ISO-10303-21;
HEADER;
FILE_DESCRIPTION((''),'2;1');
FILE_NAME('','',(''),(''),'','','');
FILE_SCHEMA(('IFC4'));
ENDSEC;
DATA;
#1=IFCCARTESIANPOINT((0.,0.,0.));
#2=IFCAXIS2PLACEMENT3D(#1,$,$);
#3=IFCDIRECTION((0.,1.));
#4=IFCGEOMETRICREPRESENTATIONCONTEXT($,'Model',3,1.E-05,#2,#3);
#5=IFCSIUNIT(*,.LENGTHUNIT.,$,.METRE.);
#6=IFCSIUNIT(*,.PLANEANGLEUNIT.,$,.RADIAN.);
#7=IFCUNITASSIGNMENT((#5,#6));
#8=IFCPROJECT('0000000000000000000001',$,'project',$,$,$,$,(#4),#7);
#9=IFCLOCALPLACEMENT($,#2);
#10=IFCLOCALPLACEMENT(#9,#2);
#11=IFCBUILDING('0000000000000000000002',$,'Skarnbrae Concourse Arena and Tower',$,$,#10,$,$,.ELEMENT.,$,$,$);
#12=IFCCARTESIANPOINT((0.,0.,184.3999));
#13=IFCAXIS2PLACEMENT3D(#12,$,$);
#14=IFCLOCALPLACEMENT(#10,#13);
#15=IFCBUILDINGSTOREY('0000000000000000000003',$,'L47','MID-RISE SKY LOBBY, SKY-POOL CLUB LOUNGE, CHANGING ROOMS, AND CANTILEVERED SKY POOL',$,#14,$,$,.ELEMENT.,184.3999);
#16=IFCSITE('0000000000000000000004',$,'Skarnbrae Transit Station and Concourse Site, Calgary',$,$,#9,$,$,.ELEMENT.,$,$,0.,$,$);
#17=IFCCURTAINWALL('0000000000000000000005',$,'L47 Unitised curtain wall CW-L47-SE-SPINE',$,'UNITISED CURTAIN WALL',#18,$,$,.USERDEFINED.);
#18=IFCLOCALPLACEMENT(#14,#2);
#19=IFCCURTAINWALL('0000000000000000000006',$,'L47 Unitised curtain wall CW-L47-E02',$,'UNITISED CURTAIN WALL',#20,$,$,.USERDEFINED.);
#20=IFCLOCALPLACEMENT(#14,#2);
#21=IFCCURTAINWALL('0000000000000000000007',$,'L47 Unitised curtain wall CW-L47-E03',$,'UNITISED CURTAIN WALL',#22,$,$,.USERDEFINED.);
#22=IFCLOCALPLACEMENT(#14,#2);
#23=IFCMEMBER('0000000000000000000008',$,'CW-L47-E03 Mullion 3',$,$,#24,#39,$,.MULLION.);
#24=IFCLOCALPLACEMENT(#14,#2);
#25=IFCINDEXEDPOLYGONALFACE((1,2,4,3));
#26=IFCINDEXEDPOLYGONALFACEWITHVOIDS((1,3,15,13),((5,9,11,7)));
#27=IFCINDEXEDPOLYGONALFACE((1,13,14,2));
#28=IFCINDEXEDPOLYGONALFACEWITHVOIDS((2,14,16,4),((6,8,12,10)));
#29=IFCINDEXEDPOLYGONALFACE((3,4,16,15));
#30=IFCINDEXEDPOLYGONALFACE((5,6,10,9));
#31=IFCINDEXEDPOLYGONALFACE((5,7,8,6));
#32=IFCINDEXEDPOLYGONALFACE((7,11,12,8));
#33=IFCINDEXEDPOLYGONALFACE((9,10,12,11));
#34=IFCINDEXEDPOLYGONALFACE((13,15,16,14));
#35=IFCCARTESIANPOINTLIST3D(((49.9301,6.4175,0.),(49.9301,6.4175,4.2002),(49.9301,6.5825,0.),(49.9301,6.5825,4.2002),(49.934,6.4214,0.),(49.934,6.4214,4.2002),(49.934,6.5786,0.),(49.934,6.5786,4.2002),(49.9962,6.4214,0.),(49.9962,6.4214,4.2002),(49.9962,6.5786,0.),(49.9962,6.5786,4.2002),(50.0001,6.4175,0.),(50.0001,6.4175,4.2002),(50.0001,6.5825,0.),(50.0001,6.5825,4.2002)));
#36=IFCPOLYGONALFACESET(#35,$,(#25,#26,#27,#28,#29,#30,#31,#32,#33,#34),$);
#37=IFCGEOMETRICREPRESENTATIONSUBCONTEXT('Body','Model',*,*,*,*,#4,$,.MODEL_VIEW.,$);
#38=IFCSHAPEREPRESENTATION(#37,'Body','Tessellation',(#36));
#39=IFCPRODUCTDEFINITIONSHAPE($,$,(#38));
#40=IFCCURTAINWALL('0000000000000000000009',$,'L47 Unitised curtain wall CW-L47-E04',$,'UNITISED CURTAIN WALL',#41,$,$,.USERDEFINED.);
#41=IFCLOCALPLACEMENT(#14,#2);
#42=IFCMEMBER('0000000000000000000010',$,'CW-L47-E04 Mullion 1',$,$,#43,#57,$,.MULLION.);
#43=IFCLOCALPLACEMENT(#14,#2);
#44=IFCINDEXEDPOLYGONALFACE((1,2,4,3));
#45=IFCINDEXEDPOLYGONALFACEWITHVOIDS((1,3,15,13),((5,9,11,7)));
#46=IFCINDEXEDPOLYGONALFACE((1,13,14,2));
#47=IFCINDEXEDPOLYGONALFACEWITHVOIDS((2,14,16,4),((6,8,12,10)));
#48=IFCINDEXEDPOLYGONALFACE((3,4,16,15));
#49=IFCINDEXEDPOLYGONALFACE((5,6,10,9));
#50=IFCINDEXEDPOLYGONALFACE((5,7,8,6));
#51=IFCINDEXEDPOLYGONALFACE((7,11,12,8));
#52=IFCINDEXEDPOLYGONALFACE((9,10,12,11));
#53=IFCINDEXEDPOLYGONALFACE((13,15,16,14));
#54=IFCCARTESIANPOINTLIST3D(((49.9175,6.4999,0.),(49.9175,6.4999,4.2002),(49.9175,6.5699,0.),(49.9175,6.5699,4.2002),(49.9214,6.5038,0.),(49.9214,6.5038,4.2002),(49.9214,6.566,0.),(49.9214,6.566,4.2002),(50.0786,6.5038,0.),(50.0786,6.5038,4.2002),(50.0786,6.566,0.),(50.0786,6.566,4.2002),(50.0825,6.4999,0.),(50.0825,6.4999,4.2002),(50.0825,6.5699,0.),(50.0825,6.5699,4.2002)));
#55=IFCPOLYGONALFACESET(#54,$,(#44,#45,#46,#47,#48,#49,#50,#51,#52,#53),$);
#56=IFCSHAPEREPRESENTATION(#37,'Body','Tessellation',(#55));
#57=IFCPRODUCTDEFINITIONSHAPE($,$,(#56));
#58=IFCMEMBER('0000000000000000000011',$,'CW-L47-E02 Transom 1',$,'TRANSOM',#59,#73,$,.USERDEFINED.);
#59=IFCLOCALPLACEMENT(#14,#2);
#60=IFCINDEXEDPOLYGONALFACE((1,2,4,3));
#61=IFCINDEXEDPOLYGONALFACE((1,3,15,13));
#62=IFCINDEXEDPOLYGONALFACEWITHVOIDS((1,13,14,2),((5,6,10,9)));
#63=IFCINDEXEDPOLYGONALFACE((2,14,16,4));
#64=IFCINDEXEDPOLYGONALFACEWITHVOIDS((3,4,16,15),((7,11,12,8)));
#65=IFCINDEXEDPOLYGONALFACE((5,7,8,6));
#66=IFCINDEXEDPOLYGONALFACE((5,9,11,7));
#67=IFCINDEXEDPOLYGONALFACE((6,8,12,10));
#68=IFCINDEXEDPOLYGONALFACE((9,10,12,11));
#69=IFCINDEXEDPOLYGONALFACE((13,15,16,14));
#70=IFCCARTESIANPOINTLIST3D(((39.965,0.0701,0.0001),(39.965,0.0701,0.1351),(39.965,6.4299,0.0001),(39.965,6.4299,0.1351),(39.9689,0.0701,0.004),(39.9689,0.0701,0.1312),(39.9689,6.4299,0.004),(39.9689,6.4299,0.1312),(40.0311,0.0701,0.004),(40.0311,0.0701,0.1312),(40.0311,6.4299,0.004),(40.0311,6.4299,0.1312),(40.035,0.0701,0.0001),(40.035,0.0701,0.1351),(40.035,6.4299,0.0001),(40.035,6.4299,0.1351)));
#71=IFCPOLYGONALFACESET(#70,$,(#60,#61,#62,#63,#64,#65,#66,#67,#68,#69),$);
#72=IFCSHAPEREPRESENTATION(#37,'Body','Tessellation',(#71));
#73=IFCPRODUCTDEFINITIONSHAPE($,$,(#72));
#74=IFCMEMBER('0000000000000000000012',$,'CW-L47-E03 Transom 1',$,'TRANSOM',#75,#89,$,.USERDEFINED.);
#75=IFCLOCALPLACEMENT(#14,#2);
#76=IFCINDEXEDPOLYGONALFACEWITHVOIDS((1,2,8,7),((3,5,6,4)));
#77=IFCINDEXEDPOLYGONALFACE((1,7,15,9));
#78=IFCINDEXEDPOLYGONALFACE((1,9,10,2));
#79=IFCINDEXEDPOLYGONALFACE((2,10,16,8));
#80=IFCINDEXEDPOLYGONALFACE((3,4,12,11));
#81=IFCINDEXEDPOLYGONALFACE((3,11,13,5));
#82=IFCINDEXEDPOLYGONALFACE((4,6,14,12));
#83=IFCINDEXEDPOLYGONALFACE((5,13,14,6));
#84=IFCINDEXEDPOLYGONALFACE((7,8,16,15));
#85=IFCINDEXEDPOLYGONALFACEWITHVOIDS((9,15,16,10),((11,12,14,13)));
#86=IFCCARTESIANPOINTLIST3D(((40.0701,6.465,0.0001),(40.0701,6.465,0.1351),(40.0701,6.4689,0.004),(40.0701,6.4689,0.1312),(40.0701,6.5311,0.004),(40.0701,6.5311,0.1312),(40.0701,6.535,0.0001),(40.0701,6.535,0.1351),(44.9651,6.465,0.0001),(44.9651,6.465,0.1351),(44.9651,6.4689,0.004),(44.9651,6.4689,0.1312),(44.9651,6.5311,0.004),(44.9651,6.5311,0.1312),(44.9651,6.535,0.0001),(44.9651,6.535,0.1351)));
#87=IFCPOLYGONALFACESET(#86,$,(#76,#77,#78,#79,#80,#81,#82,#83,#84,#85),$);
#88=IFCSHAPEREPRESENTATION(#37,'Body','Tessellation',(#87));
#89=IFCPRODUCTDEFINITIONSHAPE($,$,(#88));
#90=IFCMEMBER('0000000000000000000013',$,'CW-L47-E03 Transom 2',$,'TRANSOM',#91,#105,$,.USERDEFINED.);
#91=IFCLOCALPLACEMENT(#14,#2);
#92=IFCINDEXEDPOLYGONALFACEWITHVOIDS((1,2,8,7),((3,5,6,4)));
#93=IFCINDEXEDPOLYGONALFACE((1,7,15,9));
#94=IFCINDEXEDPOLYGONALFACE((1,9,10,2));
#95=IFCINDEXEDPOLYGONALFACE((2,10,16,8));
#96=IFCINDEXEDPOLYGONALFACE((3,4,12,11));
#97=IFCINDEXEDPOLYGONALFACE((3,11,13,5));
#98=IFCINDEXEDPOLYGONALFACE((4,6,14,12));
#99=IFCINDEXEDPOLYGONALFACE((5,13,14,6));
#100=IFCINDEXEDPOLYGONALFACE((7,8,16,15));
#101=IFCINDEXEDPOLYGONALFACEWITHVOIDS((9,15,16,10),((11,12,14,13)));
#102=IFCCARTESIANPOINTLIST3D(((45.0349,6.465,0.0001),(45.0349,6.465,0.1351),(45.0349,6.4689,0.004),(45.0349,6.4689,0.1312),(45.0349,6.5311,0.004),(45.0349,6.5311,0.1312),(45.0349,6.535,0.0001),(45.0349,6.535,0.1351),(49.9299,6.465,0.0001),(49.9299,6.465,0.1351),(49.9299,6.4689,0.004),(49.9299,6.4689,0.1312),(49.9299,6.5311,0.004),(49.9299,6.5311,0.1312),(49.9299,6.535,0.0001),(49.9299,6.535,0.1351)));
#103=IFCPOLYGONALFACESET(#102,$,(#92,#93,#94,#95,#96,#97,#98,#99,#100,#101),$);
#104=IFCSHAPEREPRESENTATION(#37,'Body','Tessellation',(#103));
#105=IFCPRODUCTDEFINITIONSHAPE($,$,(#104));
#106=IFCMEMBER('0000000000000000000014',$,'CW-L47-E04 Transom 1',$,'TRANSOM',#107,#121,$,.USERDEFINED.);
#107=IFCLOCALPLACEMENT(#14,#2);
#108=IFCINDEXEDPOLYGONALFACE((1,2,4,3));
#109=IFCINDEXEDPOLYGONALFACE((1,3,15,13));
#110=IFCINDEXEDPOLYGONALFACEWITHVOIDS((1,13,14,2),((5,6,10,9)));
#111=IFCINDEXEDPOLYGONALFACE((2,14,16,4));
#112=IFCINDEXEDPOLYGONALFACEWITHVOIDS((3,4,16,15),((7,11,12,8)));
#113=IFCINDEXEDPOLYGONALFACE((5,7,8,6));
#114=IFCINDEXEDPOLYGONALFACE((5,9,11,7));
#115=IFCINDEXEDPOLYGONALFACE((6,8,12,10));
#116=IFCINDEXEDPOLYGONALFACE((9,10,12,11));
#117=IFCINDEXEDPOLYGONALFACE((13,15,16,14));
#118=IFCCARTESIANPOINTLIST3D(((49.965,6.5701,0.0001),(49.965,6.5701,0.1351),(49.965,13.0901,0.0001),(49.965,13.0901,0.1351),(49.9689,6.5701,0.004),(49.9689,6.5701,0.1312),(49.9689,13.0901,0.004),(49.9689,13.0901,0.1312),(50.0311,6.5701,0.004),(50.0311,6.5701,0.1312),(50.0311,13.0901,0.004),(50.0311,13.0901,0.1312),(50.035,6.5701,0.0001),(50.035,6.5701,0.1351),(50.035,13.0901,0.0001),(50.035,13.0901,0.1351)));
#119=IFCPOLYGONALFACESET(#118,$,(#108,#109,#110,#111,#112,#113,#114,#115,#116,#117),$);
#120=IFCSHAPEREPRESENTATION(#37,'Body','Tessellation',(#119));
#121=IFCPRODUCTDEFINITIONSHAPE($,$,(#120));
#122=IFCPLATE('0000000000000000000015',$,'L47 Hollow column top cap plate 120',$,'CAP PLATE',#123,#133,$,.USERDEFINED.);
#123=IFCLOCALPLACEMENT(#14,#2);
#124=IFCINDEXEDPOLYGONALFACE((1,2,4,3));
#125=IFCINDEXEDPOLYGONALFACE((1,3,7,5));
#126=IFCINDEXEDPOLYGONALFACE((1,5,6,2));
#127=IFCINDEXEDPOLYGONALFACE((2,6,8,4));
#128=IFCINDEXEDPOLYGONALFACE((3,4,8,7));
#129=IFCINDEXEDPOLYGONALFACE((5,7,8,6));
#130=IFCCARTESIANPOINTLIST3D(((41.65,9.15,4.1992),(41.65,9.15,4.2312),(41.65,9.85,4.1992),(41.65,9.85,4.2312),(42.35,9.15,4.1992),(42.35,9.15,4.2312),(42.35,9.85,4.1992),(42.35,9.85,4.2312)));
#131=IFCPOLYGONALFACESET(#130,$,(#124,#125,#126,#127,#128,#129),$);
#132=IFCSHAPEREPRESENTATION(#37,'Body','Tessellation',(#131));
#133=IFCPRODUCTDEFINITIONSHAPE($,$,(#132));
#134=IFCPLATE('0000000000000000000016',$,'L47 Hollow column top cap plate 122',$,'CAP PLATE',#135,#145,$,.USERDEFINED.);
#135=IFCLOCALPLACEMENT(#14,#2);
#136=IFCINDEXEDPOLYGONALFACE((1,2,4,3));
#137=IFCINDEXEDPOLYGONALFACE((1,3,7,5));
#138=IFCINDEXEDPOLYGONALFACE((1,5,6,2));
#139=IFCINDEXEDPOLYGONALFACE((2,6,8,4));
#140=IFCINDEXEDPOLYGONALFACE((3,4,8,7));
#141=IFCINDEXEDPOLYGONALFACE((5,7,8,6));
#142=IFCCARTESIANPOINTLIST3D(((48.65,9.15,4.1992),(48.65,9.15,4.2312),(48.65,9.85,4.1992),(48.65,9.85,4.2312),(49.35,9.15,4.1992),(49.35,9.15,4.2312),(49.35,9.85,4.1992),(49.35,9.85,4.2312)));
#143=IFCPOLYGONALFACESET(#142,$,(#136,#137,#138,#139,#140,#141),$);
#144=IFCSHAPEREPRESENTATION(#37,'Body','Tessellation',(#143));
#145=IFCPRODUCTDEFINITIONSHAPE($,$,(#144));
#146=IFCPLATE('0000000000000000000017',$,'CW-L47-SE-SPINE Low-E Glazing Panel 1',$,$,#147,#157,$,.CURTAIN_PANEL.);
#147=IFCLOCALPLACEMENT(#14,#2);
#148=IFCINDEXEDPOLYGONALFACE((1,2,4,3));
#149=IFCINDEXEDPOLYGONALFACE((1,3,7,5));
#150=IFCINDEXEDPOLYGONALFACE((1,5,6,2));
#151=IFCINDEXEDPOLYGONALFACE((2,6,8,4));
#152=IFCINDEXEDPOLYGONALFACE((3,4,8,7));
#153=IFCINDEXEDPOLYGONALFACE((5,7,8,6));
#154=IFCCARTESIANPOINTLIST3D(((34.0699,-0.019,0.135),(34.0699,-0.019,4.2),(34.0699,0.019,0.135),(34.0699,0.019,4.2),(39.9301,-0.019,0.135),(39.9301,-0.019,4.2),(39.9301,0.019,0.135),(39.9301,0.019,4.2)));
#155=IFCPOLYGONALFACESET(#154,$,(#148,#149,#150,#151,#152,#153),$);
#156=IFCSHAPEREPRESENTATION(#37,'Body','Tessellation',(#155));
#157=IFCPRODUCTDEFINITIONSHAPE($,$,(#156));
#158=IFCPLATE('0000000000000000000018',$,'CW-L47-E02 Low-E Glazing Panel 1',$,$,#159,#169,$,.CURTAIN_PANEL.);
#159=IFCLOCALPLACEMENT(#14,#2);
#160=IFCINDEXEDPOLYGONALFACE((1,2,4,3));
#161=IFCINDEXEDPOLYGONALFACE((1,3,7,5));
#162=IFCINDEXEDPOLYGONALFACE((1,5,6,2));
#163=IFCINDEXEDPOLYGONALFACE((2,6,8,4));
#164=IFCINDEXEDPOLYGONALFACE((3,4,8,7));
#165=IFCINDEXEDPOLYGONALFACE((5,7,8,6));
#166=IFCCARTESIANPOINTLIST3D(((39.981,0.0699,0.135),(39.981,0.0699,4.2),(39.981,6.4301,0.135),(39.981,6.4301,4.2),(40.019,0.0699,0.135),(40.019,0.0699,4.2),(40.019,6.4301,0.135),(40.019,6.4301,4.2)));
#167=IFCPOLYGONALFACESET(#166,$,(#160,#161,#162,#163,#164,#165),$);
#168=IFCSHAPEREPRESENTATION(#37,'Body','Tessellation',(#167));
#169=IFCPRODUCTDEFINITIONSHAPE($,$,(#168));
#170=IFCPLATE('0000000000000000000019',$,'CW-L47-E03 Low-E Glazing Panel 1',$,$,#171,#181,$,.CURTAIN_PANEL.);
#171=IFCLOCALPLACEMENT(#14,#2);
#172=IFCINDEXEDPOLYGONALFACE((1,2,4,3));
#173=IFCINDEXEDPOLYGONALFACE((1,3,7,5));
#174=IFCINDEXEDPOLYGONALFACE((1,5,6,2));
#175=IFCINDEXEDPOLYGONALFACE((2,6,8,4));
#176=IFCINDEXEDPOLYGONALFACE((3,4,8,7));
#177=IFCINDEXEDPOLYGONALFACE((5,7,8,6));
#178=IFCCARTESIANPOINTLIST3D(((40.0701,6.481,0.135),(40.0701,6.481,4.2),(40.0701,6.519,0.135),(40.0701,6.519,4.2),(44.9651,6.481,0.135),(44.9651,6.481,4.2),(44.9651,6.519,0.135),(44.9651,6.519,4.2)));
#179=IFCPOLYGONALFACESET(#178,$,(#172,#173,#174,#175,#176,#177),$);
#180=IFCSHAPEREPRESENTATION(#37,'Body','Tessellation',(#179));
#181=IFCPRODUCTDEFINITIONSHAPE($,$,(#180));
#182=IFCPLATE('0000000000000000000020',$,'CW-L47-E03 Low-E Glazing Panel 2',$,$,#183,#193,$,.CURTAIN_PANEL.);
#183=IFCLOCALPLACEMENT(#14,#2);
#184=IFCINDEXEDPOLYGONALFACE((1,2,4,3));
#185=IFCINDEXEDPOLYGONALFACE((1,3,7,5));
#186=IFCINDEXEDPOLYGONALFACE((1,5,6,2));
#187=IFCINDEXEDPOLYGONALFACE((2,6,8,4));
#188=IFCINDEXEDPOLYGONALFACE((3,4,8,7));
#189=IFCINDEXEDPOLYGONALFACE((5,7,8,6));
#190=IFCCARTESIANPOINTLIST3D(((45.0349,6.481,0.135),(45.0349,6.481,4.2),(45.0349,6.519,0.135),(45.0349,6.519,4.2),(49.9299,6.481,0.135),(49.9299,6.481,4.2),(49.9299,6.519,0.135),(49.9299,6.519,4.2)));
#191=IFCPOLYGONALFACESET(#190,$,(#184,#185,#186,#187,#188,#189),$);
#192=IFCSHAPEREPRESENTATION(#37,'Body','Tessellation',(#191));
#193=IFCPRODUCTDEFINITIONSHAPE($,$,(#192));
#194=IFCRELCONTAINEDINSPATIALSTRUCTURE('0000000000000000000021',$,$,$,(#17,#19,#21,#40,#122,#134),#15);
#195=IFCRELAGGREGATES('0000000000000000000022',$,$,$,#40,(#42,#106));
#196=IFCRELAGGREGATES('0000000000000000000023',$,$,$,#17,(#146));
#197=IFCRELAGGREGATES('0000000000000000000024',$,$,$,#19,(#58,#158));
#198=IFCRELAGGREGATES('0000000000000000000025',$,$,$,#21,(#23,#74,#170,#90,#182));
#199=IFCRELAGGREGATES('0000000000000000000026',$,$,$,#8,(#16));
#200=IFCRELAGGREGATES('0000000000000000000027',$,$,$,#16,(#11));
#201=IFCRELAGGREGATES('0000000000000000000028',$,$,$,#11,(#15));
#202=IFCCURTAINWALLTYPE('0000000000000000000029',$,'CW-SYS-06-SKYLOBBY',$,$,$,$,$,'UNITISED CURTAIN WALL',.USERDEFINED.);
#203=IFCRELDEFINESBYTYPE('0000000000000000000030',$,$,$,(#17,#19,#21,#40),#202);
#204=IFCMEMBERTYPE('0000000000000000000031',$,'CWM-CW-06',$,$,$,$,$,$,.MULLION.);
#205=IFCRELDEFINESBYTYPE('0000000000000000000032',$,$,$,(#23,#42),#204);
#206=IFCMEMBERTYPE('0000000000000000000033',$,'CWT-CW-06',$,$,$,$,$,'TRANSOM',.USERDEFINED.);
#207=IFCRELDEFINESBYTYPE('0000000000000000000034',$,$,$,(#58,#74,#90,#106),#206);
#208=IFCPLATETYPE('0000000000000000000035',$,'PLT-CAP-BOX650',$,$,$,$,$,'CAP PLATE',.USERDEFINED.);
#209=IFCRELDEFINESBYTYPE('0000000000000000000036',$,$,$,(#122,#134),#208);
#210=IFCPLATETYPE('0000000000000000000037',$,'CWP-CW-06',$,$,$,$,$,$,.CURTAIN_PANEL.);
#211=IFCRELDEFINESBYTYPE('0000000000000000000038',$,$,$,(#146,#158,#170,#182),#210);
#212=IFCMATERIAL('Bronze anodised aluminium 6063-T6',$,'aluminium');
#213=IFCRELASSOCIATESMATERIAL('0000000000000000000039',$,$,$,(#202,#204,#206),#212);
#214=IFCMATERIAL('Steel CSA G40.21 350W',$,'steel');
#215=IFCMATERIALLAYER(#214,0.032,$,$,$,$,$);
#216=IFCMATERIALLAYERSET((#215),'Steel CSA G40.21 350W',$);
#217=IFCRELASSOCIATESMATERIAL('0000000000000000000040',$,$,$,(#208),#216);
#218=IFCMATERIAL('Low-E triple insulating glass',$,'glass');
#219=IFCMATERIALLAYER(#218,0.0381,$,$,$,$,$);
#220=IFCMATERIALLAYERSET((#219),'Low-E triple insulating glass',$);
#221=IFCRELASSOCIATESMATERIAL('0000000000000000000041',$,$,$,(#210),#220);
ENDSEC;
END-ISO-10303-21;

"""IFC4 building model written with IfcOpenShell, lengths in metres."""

from ifc_helpers import new_model, si_unit, direction, frame, origin, origin_2d, place, context, subcontext, project, spatial, rectangle, hollow_rectangle, extrude, source, transform, mapped, material, layer, layer_set, material_profile, profile_set, type_object, element, aggregate, save


model = new_model("IFC4")

# Units and contexts
model_context = context("Model", 3, precision=1e-05, world=origin(), true_north=direction((0.0, 1.0)))
body_context = subcontext(model_context, "Body", "Model", "MODEL_VIEW")
ifc_project = project(units=[si_unit("LENGTHUNIT", "METRE"), si_unit("PLANEANGLEUNIT", "RADIAN")], contexts=[model_context])

# Site, building, storey
site_placement = place(None, origin())
site = spatial("IfcSite", under=ifc_project, at=site_placement, Name="Skarnbrae Transit Station and Concourse Site, Calgary", CompositionType="ELEMENT", RefElevation=0.0)
building_placement = place(site_placement, origin())
building = spatial("IfcBuilding", under=site, at=building_placement, Name="Skarnbrae Concourse Arena and Tower", CompositionType="ELEMENT")
storey_placement = place(building_placement, frame((0.0, 0.0, 184.3999)))
storey = spatial("IfcBuildingStorey", under=building, at=storey_placement, Name="L47", Description="MID-RISE SKY LOBBY, SKY-POOL CLUB LOUNGE, CHANGING ROOMS, AND CANTILEVERED SKY POOL", CompositionType="ELEMENT", Elevation=184.3999)

# Shared definitions
ifc_material_1 = material(Name="Steel CSA G40.21 350W", Category="steel")

# Curtain wall
ifc_material_2 = material(Name="Bronze anodised aluminium 6063-T6", Category="aluminium")
curtain_wall_type = type_object("IfcCurtainWallType", Name="CW-SYS-06-SKYLOBBY", ElementType="UNITISED CURTAIN WALL", PredefinedType="USERDEFINED", material=ifc_material_2)
curtain_wall_1_placement = place(storey_placement, origin())
curtain_wall_1 = element("IfcCurtainWall", 1, at=curtain_wall_1_placement, inside=storey, type_object=curtain_wall_type, Name="L47 Unitised curtain wall CW-L47-SE-SPINE", ObjectType="UNITISED CURTAIN WALL", PredefinedType="USERDEFINED")
ifc_material_profile_1 = material_profile(ifc_material_2, hollow_rectangle(XDim=0.0701, YDim=0.165, WallThickness=0.0039, at=origin_2d()), Name="ALU-MULL-70X165")
ifc_profile_set_1 = profile_set([ifc_material_profile_1], Name="Bronze anodised aluminium 6063-T6")
member_type_1 = type_object("IfcMemberType", Name="CWM-CW-06", PredefinedType="MULLION", material=ifc_profile_set_1)
shared_shape_1 = source(origin(), body_context, "Body", "SweptSolid", [
    extrude(hollow_rectangle(XDim=0.0701, YDim=0.165, WallThickness=0.0039, at=origin_2d()), origin(), (0.0, 0.0, 1.0), 4.2002),
])

# Curtain walls, member
curtain_wall_2_placement = place(storey_placement, origin())
curtain_wall_2 = element("IfcCurtainWall", 2, at=curtain_wall_2_placement, inside=storey, type_object=curtain_wall_type, Name="L47 Unitised curtain wall CW-L47-E02", ObjectType="UNITISED CURTAIN WALL", PredefinedType="USERDEFINED")
curtain_wall_3_placement = place(storey_placement, origin())
curtain_wall_3 = element("IfcCurtainWall", 3, at=curtain_wall_3_placement, inside=storey, type_object=curtain_wall_type, Name="L47 Unitised curtain wall CW-L47-E03", ObjectType="UNITISED CURTAIN WALL", PredefinedType="USERDEFINED")
member_1_placement = place(storey_placement, frame((49.9651, 6.5, 0.0), z_axis=(0.0, 0.0, 1.0), x_axis=(1.0, 0.0, 0.0)))
member_1 = element("IfcMember", 4, at=member_1_placement, type_object=member_type_1, Name="CW-L47-E03 Mullion 3", PredefinedType="MULLION", context=body_context, shape_type="MappedRepresentation", body=[
    mapped(shared_shape_1, transform((0.0, 0.0, 0.0))),
])

# Curtain wall, member
curtain_wall_4_placement = place(storey_placement, origin())
curtain_wall_4 = element("IfcCurtainWall", 5, at=curtain_wall_4_placement, inside=storey, type_object=curtain_wall_type, Name="L47 Unitised curtain wall CW-L47-E04", ObjectType="UNITISED CURTAIN WALL", PredefinedType="USERDEFINED")
member_2_placement = place(storey_placement, frame((50.0, 6.5349, 0.0), z_axis=(0.0, 0.0, 1.0), x_axis=(0.0, 1.0, 0.0)))
member_2 = element("IfcMember", 6, at=member_2_placement, type_object=member_type_1, Name="CW-L47-E04 Mullion 1", PredefinedType="MULLION", context=body_context, shape_type="MappedRepresentation", body=[
    mapped(shared_shape_1, transform((0.0, 0.0, 0.0))),
])

# Members
ifc_material_profile_2 = material_profile(ifc_material_2, hollow_rectangle(XDim=0.0701, YDim=0.135, WallThickness=0.0039, at=origin_2d()), Name="ALU-TRAN-70X135")
ifc_profile_set_2 = profile_set([ifc_material_profile_2], Name="Bronze anodised aluminium 6063-T6")
member_type_2 = type_object("IfcMemberType", Name="CWT-CW-06", ElementType="TRANSOM", PredefinedType="USERDEFINED", material=ifc_profile_set_2)
shared_shape_2 = source(origin(), body_context, "Body", "SweptSolid", [
    extrude(hollow_rectangle(XDim=0.0701, YDim=0.135, WallThickness=0.0039, at=origin_2d()), origin(), (0.0, 0.0, 1.0), 6.3599),
])
member_3_placement = place(storey_placement, frame((40.0, 0.0701, 0.0676), z_axis=(0.0, 1.0, 0.0), x_axis=(-1.0, 0.0, 0.0)))
member_3 = element("IfcMember", 7, at=member_3_placement, type_object=member_type_2, Name="CW-L47-E02 Transom 1", ObjectType="TRANSOM", PredefinedType="USERDEFINED", context=body_context, shape_type="MappedRepresentation", body=[
    mapped(shared_shape_2, transform((0.0, 0.0, 0.0))),
])
shared_shape_3 = source(origin(), body_context, "Body", "SweptSolid", [
    extrude(hollow_rectangle(XDim=0.0701, YDim=0.135, WallThickness=0.0039, at=origin_2d()), origin(), (0.0, 0.0, 1.0), 4.895),
])
member_4_placement = place(storey_placement, frame((40.0701, 6.5, 0.0676), z_axis=(1.0, 0.0, 0.0), x_axis=(0.0, 1.0, 0.0)))
member_4 = element("IfcMember", 8, at=member_4_placement, type_object=member_type_2, Name="CW-L47-E03 Transom 1", ObjectType="TRANSOM", PredefinedType="USERDEFINED", context=body_context, shape_type="MappedRepresentation", body=[
    mapped(shared_shape_3, transform((0.0, 0.0, 0.0))),
])
member_5_placement = place(storey_placement, frame((45.0349, 6.5, 0.0676), z_axis=(1.0, 0.0, 0.0), x_axis=(0.0, 1.0, 0.0)))
member_5 = element("IfcMember", 9, at=member_5_placement, type_object=member_type_2, Name="CW-L47-E03 Transom 2", ObjectType="TRANSOM", PredefinedType="USERDEFINED", context=body_context, shape_type="MappedRepresentation", body=[
    mapped(shared_shape_3, transform((0.0, 0.0, 0.0))),
])
shared_shape_4 = source(origin(), body_context, "Body", "SweptSolid", [
    extrude(hollow_rectangle(XDim=0.0701, YDim=0.135, WallThickness=0.0039, at=origin_2d()), origin(), (0.0, 0.0, 1.0), 6.52),
])
member_6_placement = place(storey_placement, frame((50.0, 6.5701, 0.0676), z_axis=(0.0, 1.0, 0.0), x_axis=(-1.0, 0.0, 0.0)))
member_6 = element("IfcMember", 10, at=member_6_placement, type_object=member_type_2, Name="CW-L47-E04 Transom 1", ObjectType="TRANSOM", PredefinedType="USERDEFINED", context=body_context, shape_type="MappedRepresentation", body=[
    mapped(shared_shape_4, transform((0.0, 0.0, 0.0))),
])
aggregate(curtain_wall_4, [member_2, member_6])

# Plates
ifc_layer_1 = layer(ifc_material_1, 0.032)
ifc_layer_set_1 = layer_set([ifc_layer_1], Name="Steel CSA G40.21 350W")
plate_type_1 = type_object("IfcPlateType", Name="PLT-CAP-BOX650", ElementType="CAP PLATE", PredefinedType="USERDEFINED", material=ifc_layer_set_1)
shared_shape_5 = source(origin(), body_context, "Body", "SweptSolid", [
    extrude(rectangle(XDim=0.7, YDim=0.7, at=origin_2d()), origin(), (0.0, 0.0, 1.0), 0.032),
])
for number, where, z_axis, x_axis, name in (
    (11, (42.0, 9.5, 4.1992), (0.0, 0.0, 1.0), (1.0, 0.0, 0.0), "L47 Hollow column top cap plate 120"),
    (12, (49.0, 9.5, 4.1992), (0.0, 0.0, 1.0), (1.0, 0.0, 0.0), "L47 Hollow column top cap plate 122"),
):
    element("IfcPlate", number, at=place(storey_placement, frame(where, z_axis=z_axis, x_axis=x_axis)), inside=storey, type_object=plate_type_1, Name=name, ObjectType="CAP PLATE", PredefinedType="USERDEFINED", context=body_context, shape_type="MappedRepresentation", body=[
        mapped(shared_shape_5, transform((0.0, 0.0, 0.0))),
    ])

# Plates
ifc_material_3 = material(Name="Low-E triple insulating glass", Category="glass")
ifc_layer_2 = layer(ifc_material_3, 0.0381)
ifc_layer_set_2 = layer_set([ifc_layer_2], Name="Low-E triple insulating glass")
plate_type_2 = type_object("IfcPlateType", Name="CWP-CW-06", PredefinedType="CURTAIN_PANEL", material=ifc_layer_set_2)
shared_shape_6 = source(origin(), body_context, "Body", "SweptSolid", [
    extrude(rectangle(XDim=5.8601, YDim=0.0381, at=origin_2d()), origin(), (0.0, 0.0, 1.0), 4.0649),
])
plate_1_placement = place(storey_placement, frame((37.0, 0.0, 0.135), z_axis=(0.0, 0.0, 1.0), x_axis=(1.0, 0.0, 0.0)))
plate_1 = element("IfcPlate", 13, at=plate_1_placement, type_object=plate_type_2, Name="CW-L47-SE-SPINE Low-E Glazing Panel 1", PredefinedType="CURTAIN_PANEL", context=body_context, shape_type="MappedRepresentation", body=[
    mapped(shared_shape_6, transform((0.0, 0.0, 0.0))),
])
aggregate(curtain_wall_1, [plate_1])
shared_shape_7 = source(origin(), body_context, "Body", "SweptSolid", [
    extrude(rectangle(XDim=6.3601, YDim=0.0381, at=origin_2d()), origin(), (0.0, 0.0, 1.0), 4.0649),
])
plate_2_placement = place(storey_placement, frame((40.0, 3.25, 0.135), z_axis=(0.0, 0.0, 1.0), x_axis=(0.0, 1.0, 0.0)))
plate_2 = element("IfcPlate", 14, at=plate_2_placement, type_object=plate_type_2, Name="CW-L47-E02 Low-E Glazing Panel 1", PredefinedType="CURTAIN_PANEL", context=body_context, shape_type="MappedRepresentation", body=[
    mapped(shared_shape_7, transform((0.0, 0.0, 0.0))),
])
aggregate(curtain_wall_2, [member_3, plate_2])
shared_shape_8 = source(origin(), body_context, "Body", "SweptSolid", [
    extrude(rectangle(XDim=4.895, YDim=0.0381, at=origin_2d()), origin(), (0.0, 0.0, 1.0), 4.0649),
])
plate_3_placement = place(storey_placement, frame((42.5176, 6.5, 0.135), z_axis=(0.0, 0.0, 1.0), x_axis=(1.0, 0.0, 0.0)))
plate_3 = element("IfcPlate", 15, at=plate_3_placement, type_object=plate_type_2, Name="CW-L47-E03 Low-E Glazing Panel 1", PredefinedType="CURTAIN_PANEL", context=body_context, shape_type="MappedRepresentation", body=[
    mapped(shared_shape_8, transform((0.0, 0.0, 0.0))),
])
plate_4_placement = place(storey_placement, frame((47.4824, 6.5, 0.135), z_axis=(0.0, 0.0, 1.0), x_axis=(1.0, 0.0, 0.0)))
plate_4 = element("IfcPlate", 16, at=plate_4_placement, type_object=plate_type_2, Name="CW-L47-E03 Low-E Glazing Panel 2", PredefinedType="CURTAIN_PANEL", context=body_context, shape_type="MappedRepresentation", body=[
    mapped(shared_shape_8, transform((0.0, 0.0, 0.0))),
])
aggregate(curtain_wall_3, [member_1, member_4, plate_3, member_5, plate_4])

save(model, "model.ifc")
